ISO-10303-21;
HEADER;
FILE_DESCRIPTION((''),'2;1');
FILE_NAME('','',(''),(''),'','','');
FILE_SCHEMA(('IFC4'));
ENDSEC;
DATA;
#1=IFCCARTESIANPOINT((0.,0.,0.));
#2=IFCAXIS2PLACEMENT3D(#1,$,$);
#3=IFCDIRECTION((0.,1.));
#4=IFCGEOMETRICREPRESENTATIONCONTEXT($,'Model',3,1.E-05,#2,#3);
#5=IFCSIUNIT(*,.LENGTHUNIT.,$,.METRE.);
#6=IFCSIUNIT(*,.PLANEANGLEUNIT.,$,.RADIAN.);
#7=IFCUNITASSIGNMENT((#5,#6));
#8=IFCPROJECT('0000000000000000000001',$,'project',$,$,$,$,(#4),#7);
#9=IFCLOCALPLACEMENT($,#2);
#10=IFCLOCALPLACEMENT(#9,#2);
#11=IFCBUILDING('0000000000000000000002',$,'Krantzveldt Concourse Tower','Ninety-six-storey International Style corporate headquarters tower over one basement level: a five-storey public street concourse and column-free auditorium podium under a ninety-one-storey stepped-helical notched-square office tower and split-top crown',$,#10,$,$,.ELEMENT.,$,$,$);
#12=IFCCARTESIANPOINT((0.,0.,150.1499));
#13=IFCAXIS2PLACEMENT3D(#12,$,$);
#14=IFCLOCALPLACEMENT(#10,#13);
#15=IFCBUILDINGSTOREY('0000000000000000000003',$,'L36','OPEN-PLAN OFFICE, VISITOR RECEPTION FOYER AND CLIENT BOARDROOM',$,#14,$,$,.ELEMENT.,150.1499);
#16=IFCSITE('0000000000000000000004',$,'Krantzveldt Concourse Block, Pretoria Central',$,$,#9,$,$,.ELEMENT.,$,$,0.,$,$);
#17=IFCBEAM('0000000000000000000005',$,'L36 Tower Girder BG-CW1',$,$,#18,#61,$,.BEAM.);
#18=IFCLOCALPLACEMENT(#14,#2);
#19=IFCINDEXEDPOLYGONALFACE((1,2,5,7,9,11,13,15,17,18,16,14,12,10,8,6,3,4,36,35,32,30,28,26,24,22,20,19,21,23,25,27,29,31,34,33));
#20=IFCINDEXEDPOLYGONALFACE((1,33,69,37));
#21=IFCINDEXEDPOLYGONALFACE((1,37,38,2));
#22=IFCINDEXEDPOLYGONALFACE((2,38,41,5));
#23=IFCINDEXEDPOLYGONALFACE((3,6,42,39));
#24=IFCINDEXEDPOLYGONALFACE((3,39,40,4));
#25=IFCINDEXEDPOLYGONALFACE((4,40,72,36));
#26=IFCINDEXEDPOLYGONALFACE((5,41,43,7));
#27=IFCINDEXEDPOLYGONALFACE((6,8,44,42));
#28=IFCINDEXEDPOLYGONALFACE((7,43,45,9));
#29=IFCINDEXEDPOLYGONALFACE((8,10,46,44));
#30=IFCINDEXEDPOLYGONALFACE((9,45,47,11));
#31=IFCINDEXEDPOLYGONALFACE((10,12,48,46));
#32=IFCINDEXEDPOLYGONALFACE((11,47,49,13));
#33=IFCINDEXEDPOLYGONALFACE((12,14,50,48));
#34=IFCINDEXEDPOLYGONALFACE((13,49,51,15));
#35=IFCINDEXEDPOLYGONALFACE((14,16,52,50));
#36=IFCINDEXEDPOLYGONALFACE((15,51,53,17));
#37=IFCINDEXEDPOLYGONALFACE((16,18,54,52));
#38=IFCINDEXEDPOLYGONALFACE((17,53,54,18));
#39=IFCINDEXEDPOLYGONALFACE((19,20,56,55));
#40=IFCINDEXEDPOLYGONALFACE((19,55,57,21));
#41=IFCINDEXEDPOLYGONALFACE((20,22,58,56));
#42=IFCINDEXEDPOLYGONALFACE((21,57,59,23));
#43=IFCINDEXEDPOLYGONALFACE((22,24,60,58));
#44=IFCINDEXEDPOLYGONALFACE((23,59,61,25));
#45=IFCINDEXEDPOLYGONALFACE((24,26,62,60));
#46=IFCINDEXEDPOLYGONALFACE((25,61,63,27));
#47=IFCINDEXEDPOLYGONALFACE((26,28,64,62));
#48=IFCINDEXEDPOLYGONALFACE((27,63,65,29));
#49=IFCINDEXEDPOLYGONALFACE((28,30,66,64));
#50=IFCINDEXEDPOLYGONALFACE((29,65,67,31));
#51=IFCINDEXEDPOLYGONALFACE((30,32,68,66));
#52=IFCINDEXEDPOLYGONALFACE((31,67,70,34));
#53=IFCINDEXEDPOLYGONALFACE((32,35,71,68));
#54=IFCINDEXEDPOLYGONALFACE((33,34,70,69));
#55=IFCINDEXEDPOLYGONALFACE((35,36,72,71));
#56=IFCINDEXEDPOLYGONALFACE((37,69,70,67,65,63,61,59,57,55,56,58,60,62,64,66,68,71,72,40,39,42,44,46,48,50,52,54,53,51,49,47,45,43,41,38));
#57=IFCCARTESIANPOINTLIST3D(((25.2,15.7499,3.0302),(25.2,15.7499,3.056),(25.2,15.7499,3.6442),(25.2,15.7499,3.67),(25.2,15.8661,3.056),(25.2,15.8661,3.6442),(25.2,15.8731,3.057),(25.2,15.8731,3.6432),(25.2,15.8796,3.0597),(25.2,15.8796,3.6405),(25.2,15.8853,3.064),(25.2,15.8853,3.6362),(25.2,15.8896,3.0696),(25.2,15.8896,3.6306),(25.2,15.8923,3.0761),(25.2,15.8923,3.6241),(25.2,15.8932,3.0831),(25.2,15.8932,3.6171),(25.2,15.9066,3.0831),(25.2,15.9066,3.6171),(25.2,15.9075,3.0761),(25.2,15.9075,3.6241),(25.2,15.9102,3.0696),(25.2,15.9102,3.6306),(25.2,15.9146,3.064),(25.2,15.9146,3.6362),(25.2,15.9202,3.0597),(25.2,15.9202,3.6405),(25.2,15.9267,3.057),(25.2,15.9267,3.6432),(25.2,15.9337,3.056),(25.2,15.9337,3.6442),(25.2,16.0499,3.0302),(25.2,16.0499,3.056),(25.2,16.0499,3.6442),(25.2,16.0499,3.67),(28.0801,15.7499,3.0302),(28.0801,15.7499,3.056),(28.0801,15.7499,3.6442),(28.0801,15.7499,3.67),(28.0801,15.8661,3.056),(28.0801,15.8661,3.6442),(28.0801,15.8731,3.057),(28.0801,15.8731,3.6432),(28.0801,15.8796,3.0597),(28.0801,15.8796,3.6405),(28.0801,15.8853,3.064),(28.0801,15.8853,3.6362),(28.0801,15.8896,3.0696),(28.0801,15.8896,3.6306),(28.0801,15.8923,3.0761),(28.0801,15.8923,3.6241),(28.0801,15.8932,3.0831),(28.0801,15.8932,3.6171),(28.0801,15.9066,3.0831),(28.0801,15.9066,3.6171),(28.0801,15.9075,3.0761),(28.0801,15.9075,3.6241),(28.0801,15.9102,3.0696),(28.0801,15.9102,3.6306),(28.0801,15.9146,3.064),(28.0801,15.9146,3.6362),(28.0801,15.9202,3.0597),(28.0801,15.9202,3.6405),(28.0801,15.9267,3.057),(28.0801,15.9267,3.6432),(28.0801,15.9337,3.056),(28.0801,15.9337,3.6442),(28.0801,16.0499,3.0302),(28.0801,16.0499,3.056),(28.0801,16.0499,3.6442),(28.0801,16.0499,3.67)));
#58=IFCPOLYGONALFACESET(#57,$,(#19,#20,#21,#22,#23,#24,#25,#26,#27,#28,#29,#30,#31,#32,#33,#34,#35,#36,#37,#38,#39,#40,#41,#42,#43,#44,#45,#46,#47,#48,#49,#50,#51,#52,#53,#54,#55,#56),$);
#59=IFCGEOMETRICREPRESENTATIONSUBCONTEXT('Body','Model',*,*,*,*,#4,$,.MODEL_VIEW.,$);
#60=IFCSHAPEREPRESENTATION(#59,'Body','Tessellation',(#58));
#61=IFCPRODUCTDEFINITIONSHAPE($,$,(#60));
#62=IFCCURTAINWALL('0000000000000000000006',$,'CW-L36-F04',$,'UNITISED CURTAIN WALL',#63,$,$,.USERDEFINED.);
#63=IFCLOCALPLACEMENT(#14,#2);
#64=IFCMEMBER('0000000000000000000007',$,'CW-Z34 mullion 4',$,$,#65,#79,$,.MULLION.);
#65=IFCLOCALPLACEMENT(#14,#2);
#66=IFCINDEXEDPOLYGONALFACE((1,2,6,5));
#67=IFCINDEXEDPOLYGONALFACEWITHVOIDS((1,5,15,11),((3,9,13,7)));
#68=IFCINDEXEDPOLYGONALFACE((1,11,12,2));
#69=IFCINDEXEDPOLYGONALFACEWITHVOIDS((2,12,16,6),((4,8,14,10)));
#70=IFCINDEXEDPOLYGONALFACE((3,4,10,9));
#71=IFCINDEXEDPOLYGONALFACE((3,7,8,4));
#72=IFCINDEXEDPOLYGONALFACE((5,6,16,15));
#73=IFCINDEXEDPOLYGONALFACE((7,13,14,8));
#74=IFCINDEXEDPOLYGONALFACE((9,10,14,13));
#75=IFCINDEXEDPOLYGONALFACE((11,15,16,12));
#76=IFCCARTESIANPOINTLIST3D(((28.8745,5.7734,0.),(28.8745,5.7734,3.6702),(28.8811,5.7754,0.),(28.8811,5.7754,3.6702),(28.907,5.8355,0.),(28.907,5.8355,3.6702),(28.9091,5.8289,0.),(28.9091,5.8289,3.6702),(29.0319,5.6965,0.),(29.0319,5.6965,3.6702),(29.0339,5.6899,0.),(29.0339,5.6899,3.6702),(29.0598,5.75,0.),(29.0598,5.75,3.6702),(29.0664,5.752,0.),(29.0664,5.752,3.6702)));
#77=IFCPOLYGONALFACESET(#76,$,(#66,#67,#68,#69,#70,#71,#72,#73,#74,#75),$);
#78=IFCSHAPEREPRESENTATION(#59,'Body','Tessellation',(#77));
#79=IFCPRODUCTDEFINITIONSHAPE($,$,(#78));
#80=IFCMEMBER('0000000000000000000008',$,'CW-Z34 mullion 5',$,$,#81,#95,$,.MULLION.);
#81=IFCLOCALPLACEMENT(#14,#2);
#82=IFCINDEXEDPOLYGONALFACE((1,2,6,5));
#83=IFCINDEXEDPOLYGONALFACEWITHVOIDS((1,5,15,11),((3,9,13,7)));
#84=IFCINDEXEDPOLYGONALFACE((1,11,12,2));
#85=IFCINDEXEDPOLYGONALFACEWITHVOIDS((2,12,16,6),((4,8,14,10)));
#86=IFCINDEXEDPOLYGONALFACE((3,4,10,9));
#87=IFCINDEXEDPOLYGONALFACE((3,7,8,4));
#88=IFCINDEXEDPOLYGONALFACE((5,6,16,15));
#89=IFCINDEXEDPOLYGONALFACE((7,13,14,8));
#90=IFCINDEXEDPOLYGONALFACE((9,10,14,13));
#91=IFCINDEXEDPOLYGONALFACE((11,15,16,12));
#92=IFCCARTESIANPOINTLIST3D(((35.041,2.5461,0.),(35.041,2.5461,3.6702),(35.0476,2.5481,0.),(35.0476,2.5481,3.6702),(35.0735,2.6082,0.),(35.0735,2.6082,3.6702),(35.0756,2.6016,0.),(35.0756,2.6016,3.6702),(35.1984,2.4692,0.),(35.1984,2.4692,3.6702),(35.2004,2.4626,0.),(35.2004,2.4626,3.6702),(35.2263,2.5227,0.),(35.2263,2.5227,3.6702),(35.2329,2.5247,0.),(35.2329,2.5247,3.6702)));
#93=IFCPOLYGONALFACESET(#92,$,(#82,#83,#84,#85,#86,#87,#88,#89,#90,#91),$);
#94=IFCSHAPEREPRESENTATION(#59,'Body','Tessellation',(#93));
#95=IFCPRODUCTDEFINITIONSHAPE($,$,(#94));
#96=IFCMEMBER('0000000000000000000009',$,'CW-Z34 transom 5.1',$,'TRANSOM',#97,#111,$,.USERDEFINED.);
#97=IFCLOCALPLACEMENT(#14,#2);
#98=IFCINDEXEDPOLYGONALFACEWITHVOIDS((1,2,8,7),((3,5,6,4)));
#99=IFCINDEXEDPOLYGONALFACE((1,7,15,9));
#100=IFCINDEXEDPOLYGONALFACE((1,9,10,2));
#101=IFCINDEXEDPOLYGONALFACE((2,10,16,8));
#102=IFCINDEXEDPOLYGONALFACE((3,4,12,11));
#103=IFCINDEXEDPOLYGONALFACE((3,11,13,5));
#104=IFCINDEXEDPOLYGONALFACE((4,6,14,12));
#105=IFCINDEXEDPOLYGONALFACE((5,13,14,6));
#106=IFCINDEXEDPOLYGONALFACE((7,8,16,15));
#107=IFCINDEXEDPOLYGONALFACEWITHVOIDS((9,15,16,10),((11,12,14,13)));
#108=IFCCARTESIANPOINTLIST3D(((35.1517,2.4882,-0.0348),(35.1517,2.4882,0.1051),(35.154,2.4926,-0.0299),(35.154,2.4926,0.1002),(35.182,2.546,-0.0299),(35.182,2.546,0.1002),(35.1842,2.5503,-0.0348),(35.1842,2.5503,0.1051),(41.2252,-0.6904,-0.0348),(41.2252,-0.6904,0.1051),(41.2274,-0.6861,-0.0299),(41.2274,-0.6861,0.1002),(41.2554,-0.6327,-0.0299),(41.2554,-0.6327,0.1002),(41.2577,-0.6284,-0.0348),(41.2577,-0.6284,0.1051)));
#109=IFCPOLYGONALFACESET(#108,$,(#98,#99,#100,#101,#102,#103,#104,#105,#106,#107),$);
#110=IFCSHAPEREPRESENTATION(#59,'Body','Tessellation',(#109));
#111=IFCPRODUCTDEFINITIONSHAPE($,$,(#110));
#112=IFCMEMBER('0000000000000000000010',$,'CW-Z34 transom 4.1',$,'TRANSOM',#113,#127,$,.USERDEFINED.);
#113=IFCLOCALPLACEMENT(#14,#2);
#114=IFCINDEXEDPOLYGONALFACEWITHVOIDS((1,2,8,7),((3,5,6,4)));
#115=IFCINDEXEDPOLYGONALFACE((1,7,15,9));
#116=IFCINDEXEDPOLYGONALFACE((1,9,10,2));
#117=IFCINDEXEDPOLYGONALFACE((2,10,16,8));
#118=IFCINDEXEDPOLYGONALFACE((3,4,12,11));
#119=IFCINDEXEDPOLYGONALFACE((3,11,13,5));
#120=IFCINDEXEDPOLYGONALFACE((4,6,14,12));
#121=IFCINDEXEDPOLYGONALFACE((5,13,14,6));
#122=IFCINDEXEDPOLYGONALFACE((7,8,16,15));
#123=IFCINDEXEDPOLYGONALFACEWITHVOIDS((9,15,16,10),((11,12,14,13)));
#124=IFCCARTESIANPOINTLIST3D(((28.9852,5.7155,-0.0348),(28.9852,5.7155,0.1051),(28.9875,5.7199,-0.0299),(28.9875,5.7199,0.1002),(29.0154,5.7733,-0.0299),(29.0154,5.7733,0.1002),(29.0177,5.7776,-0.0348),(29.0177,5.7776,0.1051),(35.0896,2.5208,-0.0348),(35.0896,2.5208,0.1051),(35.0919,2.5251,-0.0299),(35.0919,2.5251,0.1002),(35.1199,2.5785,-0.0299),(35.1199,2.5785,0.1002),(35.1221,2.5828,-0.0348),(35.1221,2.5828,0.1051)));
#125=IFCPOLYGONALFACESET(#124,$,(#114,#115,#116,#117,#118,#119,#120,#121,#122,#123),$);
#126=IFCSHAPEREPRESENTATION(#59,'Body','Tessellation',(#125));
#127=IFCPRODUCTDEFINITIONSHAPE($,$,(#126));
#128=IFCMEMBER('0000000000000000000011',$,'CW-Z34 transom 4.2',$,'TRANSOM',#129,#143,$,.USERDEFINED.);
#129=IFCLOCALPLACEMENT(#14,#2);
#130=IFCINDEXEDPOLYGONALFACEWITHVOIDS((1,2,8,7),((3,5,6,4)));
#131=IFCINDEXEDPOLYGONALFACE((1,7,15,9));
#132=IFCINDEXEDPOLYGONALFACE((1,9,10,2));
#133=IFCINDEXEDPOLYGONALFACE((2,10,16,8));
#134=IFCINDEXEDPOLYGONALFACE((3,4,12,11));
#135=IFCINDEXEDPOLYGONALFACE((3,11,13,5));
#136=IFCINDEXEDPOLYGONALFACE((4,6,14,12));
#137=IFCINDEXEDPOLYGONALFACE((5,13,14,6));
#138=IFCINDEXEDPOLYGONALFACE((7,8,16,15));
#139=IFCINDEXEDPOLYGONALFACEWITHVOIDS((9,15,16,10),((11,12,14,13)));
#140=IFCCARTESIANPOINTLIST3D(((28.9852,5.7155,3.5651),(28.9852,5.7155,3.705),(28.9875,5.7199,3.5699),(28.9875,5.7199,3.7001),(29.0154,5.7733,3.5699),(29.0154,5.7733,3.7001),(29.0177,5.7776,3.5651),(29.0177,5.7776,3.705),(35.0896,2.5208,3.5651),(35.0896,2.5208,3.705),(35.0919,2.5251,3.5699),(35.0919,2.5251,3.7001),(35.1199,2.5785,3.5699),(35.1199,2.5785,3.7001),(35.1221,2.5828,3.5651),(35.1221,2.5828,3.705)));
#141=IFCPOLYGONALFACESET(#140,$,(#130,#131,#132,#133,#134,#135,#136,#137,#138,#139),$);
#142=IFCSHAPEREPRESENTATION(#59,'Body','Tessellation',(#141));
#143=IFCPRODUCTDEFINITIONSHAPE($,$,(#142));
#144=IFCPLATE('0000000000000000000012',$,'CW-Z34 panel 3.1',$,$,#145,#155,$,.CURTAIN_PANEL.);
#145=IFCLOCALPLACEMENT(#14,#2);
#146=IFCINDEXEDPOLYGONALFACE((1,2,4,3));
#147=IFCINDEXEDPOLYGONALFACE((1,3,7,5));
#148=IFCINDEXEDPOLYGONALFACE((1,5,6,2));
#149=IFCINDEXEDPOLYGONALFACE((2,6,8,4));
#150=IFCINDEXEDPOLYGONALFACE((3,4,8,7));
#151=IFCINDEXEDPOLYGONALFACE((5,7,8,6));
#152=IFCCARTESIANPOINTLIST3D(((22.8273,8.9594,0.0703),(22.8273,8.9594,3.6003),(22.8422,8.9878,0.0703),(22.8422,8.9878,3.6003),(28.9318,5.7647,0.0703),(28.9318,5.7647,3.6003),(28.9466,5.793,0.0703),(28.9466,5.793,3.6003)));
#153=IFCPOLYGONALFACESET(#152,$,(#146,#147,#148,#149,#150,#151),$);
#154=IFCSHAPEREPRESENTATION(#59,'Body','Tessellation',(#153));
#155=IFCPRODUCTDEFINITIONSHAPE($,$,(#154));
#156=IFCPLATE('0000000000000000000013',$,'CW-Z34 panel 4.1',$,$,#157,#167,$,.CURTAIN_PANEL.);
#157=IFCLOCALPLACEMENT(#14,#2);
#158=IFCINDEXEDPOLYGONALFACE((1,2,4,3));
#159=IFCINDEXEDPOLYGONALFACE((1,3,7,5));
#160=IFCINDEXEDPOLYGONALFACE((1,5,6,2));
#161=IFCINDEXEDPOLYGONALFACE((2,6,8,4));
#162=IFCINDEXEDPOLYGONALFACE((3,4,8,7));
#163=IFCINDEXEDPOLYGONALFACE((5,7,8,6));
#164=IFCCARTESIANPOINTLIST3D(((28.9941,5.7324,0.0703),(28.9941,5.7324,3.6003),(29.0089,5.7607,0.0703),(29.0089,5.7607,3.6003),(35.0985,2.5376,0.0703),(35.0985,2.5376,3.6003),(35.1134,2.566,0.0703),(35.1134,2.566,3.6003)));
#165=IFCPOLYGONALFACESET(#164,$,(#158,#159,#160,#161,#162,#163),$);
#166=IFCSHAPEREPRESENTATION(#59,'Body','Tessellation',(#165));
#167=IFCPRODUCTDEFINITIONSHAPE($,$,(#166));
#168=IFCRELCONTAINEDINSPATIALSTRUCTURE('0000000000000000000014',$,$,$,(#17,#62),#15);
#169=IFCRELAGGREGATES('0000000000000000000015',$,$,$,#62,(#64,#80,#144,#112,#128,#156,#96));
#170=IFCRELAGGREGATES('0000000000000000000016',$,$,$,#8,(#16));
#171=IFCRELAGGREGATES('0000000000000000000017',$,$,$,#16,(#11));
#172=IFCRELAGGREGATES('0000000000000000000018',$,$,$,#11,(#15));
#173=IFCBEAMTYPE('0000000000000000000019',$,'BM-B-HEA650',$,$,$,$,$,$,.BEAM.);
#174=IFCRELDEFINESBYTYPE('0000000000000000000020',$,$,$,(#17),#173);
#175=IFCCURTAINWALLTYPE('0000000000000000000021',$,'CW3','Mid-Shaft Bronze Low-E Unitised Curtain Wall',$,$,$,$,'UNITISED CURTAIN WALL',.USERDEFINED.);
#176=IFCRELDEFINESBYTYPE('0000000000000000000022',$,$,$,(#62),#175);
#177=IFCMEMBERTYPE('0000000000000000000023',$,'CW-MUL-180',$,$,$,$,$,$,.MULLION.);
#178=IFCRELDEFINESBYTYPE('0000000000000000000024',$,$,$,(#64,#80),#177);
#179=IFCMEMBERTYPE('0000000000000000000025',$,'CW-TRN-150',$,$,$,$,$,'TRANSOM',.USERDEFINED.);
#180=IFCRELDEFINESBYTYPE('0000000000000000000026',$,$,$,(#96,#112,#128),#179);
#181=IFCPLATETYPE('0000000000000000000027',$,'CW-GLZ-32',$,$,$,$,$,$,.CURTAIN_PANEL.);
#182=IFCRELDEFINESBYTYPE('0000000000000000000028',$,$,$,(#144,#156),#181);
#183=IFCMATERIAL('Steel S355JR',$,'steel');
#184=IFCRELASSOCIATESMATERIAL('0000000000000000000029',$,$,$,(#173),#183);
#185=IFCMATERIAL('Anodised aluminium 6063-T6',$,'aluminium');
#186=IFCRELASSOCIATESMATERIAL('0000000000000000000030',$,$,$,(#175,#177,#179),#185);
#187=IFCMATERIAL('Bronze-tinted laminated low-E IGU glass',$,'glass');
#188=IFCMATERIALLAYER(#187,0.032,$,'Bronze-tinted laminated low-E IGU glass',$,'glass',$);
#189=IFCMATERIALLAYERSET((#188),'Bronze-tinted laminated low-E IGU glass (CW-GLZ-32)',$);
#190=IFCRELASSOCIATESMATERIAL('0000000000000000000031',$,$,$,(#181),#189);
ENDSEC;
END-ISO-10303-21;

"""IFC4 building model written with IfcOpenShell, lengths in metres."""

from ifc_helpers import new_model, si_unit, direction, frame, origin, origin_2d, place, context, subcontext, project, spatial, rectangle, hollow_rectangle, i_section, extrude, source, transform, mapped, material, layer, layer_set, material_profile, profile_set, type_object, type_shapes, element, aggregate, save


model = new_model("IFC4")

# Units and contexts
model_context = context("Model", 3, precision=1e-05, world=origin(), true_north=direction((0.0, 1.0)))
body_context = subcontext(model_context, "Body", "Model", "MODEL_VIEW")
ifc_project = project(units=[si_unit("LENGTHUNIT", "METRE"), si_unit("PLANEANGLEUNIT", "RADIAN")], contexts=[model_context])

# Site, building, storey
site_placement = place(None, origin())
site = spatial("IfcSite", under=ifc_project, at=site_placement, Name="Krantzveldt Concourse Block, Pretoria Central", CompositionType="ELEMENT", RefElevation=0.0)
building_placement = place(site_placement, origin())
building = spatial("IfcBuilding", under=site, at=building_placement, Name="Krantzveldt Concourse Tower", Description="Ninety-six-storey International Style corporate headquarters tower over one basement level: a five-storey public street concourse and column-free auditorium podium under a ninety-one-storey stepped-helical notched-square office tower and split-top crown", CompositionType="ELEMENT")
storey_placement = place(building_placement, frame((0.0, 0.0, 150.1499)))
storey = spatial("IfcBuildingStorey", under=building, at=storey_placement, Name="L36", Description="OPEN-PLAN OFFICE, VISITOR RECEPTION FOYER AND CLIENT BOARDROOM", CompositionType="ELEMENT", Elevation=150.1499)

# Beam
ifc_material_1 = material(Name="Steel S355JR", Category="steel")
ifc_material_profile_1 = material_profile(ifc_material_1, i_section(OverallWidth=0.3, OverallDepth=0.6399, WebThickness=0.0134, FlangeThickness=0.0259, FilletRadius=0.0271, at=origin_2d()), Name="Steel S355JR", Category="steel")
ifc_profile_set_1 = profile_set([ifc_material_profile_1], Name="Steel S355JR - HEA 650")
beam_type = type_object("IfcBeamType", Name="BM-B-HEA650", PredefinedType="BEAM", material=ifc_profile_set_1)
shared_shape_1 = source(origin(), body_context, "Body", "SweptSolid", [
    extrude(i_section(OverallWidth=0.3, OverallDepth=0.6399, WebThickness=0.0134, FlangeThickness=0.0259, FilletRadius=0.0271, at=origin_2d()), origin(), (0.0, 0.0, 1.0), 2.8801),
])
type_shapes(beam_type, [shared_shape_1])
beam_placement = place(storey_placement, frame((25.2, 15.8999, 3.3501), z_axis=(1.0, 0.0, 0.0), x_axis=(0.0, 1.0, 0.0)))
element("IfcBeam", 1, at=beam_placement, inside=storey, type_object=beam_type, Name="L36 Tower Girder BG-CW1", PredefinedType="BEAM", context=body_context, shape_type="MappedRepresentation", body=[
    mapped(shared_shape_1, transform((0.0, 0.0, 0.0), x_axis=(1.0, 0.0, 0.0), y_axis=(0.0, 1.0, 0.0), z_axis=(0.0, 0.0, 1.0), scale=1.0)),
])

# Curtain wall, members, plates
ifc_material_2 = material(Name="Anodised aluminium 6063-T6", Category="aluminium")
curtain_wall_type = type_object("IfcCurtainWallType", Name="CW3", Description="Mid-Shaft Bronze Low-E Unitised Curtain Wall", ElementType="UNITISED CURTAIN WALL", PredefinedType="USERDEFINED", material=ifc_material_2)
curtain_wall_placement = place(storey_placement, origin())
curtain_wall = element("IfcCurtainWall", 2, at=curtain_wall_placement, inside=storey, type_object=curtain_wall_type, Name="CW-L36-F04", ObjectType="UNITISED CURTAIN WALL", PredefinedType="USERDEFINED")
ifc_material_profile_2 = material_profile(ifc_material_2, hollow_rectangle(XDim=0.0701, YDim=0.1799, WallThickness=0.0049, at=origin_2d()), Name="Anodised aluminium 6063-T6", Category="aluminium")
ifc_profile_set_2 = profile_set([ifc_material_profile_2], Name="Anodised aluminium 6063-T6 - ALU-MULL 180x70x5")
member_type_1 = type_object("IfcMemberType", Name="CW-MUL-180", PredefinedType="MULLION", material=ifc_profile_set_2)
shared_shape_2 = source(origin(), body_context, "Body", "SweptSolid", [
    extrude(hollow_rectangle(XDim=0.0701, YDim=0.1799, WallThickness=0.0049, at=origin_2d()), origin(), (0.0, 0.0, 1.0), 3.6702),
])
type_shapes(member_type_1, [shared_shape_2])
member_1_placement = place(storey_placement, frame((28.9705, 5.7627, 0.0), z_axis=(0.0, 0.0, 1.0), x_axis=(0.463683, 0.886001, 0.0)))
member_1 = element("IfcMember", 3, at=member_1_placement, type_object=member_type_1, Name="CW-Z34 mullion 4", PredefinedType="MULLION", context=body_context, shape_type="MappedRepresentation", body=[
    mapped(shared_shape_2, transform((0.0, 0.0, 0.0), x_axis=(1.0, 0.0, 0.0), y_axis=(0.0, 1.0, 0.0), z_axis=(0.0, 0.0, 1.0), scale=1.0)),
])
member_2_placement = place(storey_placement, frame((35.137, 2.5354, 0.0), z_axis=(0.0, 0.0, 1.0), x_axis=(0.463683, 0.886001, 0.0)))
member_2 = element("IfcMember", 4, at=member_2_placement, type_object=member_type_1, Name="CW-Z34 mullion 5", PredefinedType="MULLION", context=body_context, shape_type="MappedRepresentation", body=[
    mapped(shared_shape_2, transform((0.0, 0.0, 0.0), x_axis=(1.0, 0.0, 0.0), y_axis=(0.0, 1.0, 0.0), z_axis=(0.0, 0.0, 1.0), scale=1.0)),
])
ifc_material_profile_3 = material_profile(ifc_material_2, hollow_rectangle(XDim=0.0701, YDim=0.1399, WallThickness=0.0049, at=origin_2d()), Name="Anodised aluminium 6063-T6", Category="aluminium")
ifc_profile_set_3 = profile_set([ifc_material_profile_3], Name="Anodised aluminium 6063-T6 - ALU-TRAN 140x70x5")
member_type_2 = type_object("IfcMemberType", Name="CW-TRN-150", ElementType="TRANSOM", PredefinedType="USERDEFINED", material=ifc_profile_set_3)
shared_shape_3 = source(origin(), body_context, "Body", "SweptSolid", [
    extrude(hollow_rectangle(XDim=0.0701, YDim=0.1399, WallThickness=0.0049, at=origin_2d()), origin(), (0.0, 0.0, 1.0), 6.855),
])
member_3_placement = place(storey_placement, frame((35.168, 2.5193, 0.0352), z_axis=(0.88599, -0.463705, 0.0), x_axis=(0.463705, 0.88599, 0.0)))
member_3 = element("IfcMember", 5, at=member_3_placement, type_object=member_type_2, Name="CW-Z34 transom 5.1", ObjectType="TRANSOM", PredefinedType="USERDEFINED", context=body_context, shape_type="MappedRepresentation", body=[
    mapped(shared_shape_3, transform((0.0, 0.0, 0.0), x_axis=(1.0, 0.0, 0.0), y_axis=(0.0, 1.0, 0.0), z_axis=(0.0, 0.0, 1.0), scale=1.0)),
])
shared_shape_4 = source(origin(), body_context, "Body", "SweptSolid", [
    extrude(hollow_rectangle(XDim=0.0701, YDim=0.1399, WallThickness=0.0049, at=origin_2d()), origin(), (0.0, 0.0, 1.0), 6.8899),
])
type_shapes(member_type_2, [shared_shape_3, shared_shape_4])
member_4_placement = place(storey_placement, frame((29.0015, 5.7466, 0.0352), z_axis=(0.885997, -0.463692, 0.0), x_axis=(0.463692, 0.885997, 0.0)))
member_4 = element("IfcMember", 6, at=member_4_placement, type_object=member_type_2, Name="CW-Z34 transom 4.1", ObjectType="TRANSOM", PredefinedType="USERDEFINED", context=body_context, shape_type="MappedRepresentation", body=[
    mapped(shared_shape_4, transform((0.0, 0.0, 0.0), x_axis=(1.0, 0.0, 0.0), y_axis=(0.0, 1.0, 0.0), z_axis=(0.0, 0.0, 1.0), scale=1.0)),
])
member_5_placement = place(storey_placement, frame((29.0015, 5.7466, 3.635), z_axis=(0.885997, -0.463692, 0.0), x_axis=(0.463692, 0.885997, 0.0)))
member_5 = element("IfcMember", 7, at=member_5_placement, type_object=member_type_2, Name="CW-Z34 transom 4.2", ObjectType="TRANSOM", PredefinedType="USERDEFINED", context=body_context, shape_type="MappedRepresentation", body=[
    mapped(shared_shape_4, transform((0.0, 0.0, 0.0), x_axis=(1.0, 0.0, 0.0), y_axis=(0.0, 1.0, 0.0), z_axis=(0.0, 0.0, 1.0), scale=1.0)),
])
ifc_material_3 = material(Name="Bronze-tinted laminated low-E IGU glass", Category="glass")
ifc_layer_1 = layer(ifc_material_3, 0.032, Name="Bronze-tinted laminated low-E IGU glass", Category="glass")
ifc_layer_set_1 = layer_set([ifc_layer_1], Name="Bronze-tinted laminated low-E IGU glass (CW-GLZ-32)")
plate_type = type_object("IfcPlateType", Name="CW-GLZ-32", PredefinedType="CURTAIN_PANEL", material=ifc_layer_set_1)
shared_shape_5 = source(origin(), body_context, "Body", "SweptSolid", [
    extrude(rectangle(XDim=6.8899, YDim=0.032, at=origin_2d()), origin(), (0.0, 0.0, 1.0), 3.53),
])
type_shapes(plate_type, [shared_shape_5])
plate_1_placement = place(storey_placement, frame((25.887, 7.3762, 0.0703), z_axis=(0.0, 0.0, 1.0), x_axis=(0.886001, -0.463683, 0.0)))
plate_1 = element("IfcPlate", 8, at=plate_1_placement, type_object=plate_type, Name="CW-Z34 panel 3.1", PredefinedType="CURTAIN_PANEL", context=body_context, shape_type="MappedRepresentation", body=[
    mapped(shared_shape_5, transform((0.0, 0.0, 0.0), x_axis=(1.0, 0.0, 0.0), y_axis=(0.0, 1.0, 0.0), z_axis=(0.0, 0.0, 1.0), scale=1.0)),
])
plate_2_placement = place(storey_placement, frame((32.0537, 4.1492, 0.0703), z_axis=(0.0, 0.0, 1.0), x_axis=(0.886001, -0.463683, 0.0)))
plate_2 = element("IfcPlate", 9, at=plate_2_placement, type_object=plate_type, Name="CW-Z34 panel 4.1", PredefinedType="CURTAIN_PANEL", context=body_context, shape_type="MappedRepresentation", body=[
    mapped(shared_shape_5, transform((0.0, 0.0, 0.0), x_axis=(1.0, 0.0, 0.0), y_axis=(0.0, 1.0, 0.0), z_axis=(0.0, 0.0, 1.0), scale=1.0)),
])
aggregate(curtain_wall, [member_1, member_2, plate_1, member_4, member_5, plate_2, member_3])

save(model, "model.ifc")
